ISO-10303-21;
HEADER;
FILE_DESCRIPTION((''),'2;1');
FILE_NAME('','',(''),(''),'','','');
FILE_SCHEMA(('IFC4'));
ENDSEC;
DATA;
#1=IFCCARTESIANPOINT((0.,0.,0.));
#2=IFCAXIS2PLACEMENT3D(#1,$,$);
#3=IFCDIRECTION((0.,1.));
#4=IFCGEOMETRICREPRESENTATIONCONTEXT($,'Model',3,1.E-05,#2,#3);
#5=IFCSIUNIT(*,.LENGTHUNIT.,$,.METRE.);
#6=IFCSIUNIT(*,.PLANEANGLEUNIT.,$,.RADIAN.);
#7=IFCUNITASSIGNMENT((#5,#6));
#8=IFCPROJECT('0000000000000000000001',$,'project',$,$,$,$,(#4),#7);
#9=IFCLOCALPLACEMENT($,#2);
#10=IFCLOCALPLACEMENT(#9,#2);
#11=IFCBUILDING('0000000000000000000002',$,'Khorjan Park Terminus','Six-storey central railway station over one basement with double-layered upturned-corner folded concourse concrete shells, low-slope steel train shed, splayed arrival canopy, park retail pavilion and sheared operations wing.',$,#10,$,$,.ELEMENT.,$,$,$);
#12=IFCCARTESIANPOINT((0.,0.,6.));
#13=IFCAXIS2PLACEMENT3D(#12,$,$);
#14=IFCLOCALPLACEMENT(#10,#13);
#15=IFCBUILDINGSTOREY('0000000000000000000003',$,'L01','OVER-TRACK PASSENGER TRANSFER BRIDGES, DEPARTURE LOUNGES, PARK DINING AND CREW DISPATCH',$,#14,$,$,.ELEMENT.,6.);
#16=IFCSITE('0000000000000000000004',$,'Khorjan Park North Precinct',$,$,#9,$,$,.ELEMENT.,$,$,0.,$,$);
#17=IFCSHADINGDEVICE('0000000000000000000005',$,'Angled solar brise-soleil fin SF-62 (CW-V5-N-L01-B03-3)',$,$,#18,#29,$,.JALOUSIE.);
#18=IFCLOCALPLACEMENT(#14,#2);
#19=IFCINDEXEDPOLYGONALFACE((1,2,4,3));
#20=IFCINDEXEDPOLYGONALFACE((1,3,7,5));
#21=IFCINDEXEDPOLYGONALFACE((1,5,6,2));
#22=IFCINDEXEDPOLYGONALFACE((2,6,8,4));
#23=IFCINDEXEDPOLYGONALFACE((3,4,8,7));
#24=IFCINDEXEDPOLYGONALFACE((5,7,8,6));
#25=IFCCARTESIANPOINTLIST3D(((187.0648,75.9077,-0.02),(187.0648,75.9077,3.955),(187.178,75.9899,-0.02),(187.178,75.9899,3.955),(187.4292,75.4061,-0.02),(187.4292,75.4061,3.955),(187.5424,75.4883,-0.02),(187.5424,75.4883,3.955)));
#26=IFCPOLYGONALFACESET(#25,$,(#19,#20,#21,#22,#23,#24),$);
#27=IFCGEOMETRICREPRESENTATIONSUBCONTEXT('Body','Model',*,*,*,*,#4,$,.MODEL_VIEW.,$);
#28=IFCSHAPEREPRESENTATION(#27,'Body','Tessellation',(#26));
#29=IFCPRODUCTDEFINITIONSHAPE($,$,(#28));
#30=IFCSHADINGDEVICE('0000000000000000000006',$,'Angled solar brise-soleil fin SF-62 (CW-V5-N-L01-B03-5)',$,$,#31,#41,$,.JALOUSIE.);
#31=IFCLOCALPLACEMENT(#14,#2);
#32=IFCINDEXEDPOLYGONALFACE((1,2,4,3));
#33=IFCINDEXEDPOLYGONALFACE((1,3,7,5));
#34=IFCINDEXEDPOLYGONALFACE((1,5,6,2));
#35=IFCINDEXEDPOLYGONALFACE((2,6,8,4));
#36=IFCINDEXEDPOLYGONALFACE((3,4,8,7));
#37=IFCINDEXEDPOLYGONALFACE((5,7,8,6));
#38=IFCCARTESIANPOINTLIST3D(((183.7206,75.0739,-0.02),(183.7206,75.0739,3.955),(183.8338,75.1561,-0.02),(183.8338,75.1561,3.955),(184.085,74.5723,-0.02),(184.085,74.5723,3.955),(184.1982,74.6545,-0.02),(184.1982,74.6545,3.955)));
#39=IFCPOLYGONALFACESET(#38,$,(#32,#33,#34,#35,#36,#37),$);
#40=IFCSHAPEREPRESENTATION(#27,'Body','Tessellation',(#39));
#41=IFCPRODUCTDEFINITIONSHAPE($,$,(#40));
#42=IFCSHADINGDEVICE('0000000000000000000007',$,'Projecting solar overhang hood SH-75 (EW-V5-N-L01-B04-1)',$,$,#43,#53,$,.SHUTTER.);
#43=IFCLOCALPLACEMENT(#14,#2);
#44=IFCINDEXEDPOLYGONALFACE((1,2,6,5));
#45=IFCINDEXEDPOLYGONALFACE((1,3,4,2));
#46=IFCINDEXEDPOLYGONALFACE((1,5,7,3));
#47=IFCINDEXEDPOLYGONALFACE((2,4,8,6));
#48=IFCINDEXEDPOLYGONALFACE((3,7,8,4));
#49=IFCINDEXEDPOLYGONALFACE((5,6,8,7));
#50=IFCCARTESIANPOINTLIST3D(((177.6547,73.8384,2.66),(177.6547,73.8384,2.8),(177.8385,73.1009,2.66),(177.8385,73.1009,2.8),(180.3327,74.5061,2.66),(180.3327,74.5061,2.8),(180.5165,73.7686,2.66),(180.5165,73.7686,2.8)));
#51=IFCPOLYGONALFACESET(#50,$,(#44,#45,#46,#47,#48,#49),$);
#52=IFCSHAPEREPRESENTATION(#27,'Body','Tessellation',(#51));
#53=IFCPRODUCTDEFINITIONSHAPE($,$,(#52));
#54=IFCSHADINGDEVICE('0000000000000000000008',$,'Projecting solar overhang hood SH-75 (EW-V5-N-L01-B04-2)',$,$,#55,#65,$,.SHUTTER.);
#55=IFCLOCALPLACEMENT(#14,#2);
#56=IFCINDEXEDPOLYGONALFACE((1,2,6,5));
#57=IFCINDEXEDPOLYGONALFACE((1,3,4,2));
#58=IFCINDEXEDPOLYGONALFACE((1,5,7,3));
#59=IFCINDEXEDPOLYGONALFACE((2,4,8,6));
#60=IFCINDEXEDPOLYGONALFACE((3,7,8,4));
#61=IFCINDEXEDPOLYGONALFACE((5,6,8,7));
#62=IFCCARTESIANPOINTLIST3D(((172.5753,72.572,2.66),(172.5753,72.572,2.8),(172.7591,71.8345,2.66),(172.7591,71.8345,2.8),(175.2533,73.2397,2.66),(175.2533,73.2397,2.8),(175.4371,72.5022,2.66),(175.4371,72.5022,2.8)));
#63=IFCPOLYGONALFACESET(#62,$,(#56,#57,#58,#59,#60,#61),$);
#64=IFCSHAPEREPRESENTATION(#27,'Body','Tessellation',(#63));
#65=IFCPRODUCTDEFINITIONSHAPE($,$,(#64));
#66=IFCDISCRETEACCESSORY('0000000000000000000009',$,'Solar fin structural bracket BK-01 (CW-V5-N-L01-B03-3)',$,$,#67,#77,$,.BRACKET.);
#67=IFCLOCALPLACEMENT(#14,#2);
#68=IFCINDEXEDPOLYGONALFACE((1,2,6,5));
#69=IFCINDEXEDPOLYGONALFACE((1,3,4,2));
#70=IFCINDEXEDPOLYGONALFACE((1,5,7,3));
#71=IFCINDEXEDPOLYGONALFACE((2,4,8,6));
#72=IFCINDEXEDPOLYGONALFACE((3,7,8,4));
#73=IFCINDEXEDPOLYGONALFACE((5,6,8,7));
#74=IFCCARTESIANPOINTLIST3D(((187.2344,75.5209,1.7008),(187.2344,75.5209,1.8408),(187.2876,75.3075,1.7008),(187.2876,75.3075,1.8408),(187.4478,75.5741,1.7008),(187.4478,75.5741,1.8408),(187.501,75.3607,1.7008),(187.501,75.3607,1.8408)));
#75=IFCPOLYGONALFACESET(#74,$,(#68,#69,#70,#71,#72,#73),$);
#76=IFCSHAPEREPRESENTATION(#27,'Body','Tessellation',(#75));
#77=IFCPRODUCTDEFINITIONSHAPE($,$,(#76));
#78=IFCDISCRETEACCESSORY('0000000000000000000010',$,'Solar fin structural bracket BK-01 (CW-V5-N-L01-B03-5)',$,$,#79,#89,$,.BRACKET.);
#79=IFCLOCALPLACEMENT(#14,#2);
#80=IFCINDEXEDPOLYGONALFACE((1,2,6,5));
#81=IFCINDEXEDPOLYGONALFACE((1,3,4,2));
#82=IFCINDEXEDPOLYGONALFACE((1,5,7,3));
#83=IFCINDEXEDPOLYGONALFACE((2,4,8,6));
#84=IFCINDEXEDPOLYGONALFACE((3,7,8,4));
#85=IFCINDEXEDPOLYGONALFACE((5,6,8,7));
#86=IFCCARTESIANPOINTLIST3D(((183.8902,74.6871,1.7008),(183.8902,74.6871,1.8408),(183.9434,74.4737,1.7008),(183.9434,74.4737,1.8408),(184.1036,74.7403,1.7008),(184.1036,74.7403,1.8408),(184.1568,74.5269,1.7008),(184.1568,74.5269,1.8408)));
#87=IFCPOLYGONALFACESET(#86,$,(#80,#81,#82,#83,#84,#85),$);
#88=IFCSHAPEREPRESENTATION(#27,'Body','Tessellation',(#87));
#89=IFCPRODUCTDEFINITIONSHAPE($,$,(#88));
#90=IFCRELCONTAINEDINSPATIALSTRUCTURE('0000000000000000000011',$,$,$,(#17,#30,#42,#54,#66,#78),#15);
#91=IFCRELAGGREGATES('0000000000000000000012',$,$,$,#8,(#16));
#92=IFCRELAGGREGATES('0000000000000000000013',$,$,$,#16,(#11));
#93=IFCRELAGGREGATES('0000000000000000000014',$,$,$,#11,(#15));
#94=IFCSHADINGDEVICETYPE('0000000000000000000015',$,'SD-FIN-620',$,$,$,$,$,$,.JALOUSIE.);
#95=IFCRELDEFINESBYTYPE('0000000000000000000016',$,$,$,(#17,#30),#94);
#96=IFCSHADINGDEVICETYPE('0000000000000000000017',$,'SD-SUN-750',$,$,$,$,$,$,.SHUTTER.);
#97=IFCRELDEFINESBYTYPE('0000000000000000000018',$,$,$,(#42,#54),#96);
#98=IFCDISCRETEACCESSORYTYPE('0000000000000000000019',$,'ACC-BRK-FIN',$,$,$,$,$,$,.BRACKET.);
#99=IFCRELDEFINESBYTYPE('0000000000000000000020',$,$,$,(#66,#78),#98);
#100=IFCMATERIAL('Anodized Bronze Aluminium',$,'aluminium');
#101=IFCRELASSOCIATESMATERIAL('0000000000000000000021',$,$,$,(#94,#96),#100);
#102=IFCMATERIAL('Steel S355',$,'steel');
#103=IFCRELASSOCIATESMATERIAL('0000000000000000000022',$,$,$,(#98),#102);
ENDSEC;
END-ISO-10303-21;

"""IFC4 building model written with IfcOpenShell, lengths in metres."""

from ifc_helpers import new_model, si_unit, direction, frame, origin, origin_2d, place, context, subcontext, project, spatial, rectangle, extrude, material, type_object, element, save


model = new_model("IFC4")

# Units and contexts
model_context = context("Model", 3, precision=1e-05, world=origin(), true_north=direction((0.0, 1.0)))
body_context = subcontext(model_context, "Body", "Model", "MODEL_VIEW")
ifc_project = project(units=[si_unit("LENGTHUNIT", "METRE"), si_unit("PLANEANGLEUNIT", "RADIAN")], contexts=[model_context])

# Site, building, storey
site_placement = place(None, origin())
site = spatial("IfcSite", under=ifc_project, at=site_placement, Name="Khorjan Park North Precinct", CompositionType="ELEMENT", RefElevation=0.0)
building_placement = place(site_placement, origin())
building = spatial("IfcBuilding", under=site, at=building_placement, Name="Khorjan Park Terminus", Description="Six-storey central railway station over one basement with double-layered upturned-corner folded concourse concrete shells, low-slope steel train shed, splayed arrival canopy, park retail pavilion and sheared operations wing.", CompositionType="ELEMENT")
storey_placement = place(building_placement, frame((0.0, 0.0, 6.0)))
storey = spatial("IfcBuildingStorey", under=building, at=storey_placement, Name="L01", Description="OVER-TRACK PASSENGER TRANSFER BRIDGES, DEPARTURE LOUNGES, PARK DINING AND CREW DISPATCH", CompositionType="ELEMENT", Elevation=6.0)

# Shared definitions
ifc_material_1 = material(Name="Steel S355", Category="steel")

# Shared definitions
ifc_material_2 = material(Name="Anodized Bronze Aluminium", Category="aluminium")

# Shading devices
shading_device_type_1 = type_object("IfcShadingDeviceType", Name="SD-FIN-620", PredefinedType="JALOUSIE", material=ifc_material_2)
for number, where, z_axis, x_axis, name in (
    (1, (187.3036, 75.698, -0.02), (0.0, 0.0, 1.0), (0.587785, -0.809017, 0.0), "Angled solar brise-soleil fin SF-62 (CW-V5-N-L01-B03-3)"),
    (2, (183.9594, 74.8642, -0.02), (0.0, 0.0, 1.0), (0.587785, -0.809017, 0.0), "Angled solar brise-soleil fin SF-62 (CW-V5-N-L01-B03-5)"),
):
    element("IfcShadingDevice", number, at=place(storey_placement, frame(where, z_axis=z_axis, x_axis=x_axis)), inside=storey, type_object=shading_device_type_1, Name=name, PredefinedType="JALOUSIE", context=body_context, shape_type="SweptSolid", body=[
        extrude(rectangle(XDim=0.62, YDim=0.14, at=origin_2d()), origin(), (0.0, 0.0, 1.0), 3.975),
    ])
shading_device_type_2 = type_object("IfcShadingDeviceType", Name="SD-SUN-750", PredefinedType="SHUTTER", material=ifc_material_2)
for number, where, z_axis, x_axis, name in (
    (3, (179.0856, 73.8035, 2.66), (0.0, 0.0, 1.0), (-0.970297, -0.241915, 0.0), "Projecting solar overhang hood SH-75 (EW-V5-N-L01-B04-1)"),
    (4, (174.0062, 72.5371, 2.66), (0.0, 0.0, 1.0), (-0.970297, -0.241915, 0.0), "Projecting solar overhang hood SH-75 (EW-V5-N-L01-B04-2)"),
):
    element("IfcShadingDevice", number, at=place(storey_placement, frame(where, z_axis=z_axis, x_axis=x_axis)), inside=storey, type_object=shading_device_type_2, Name=name, PredefinedType="SHUTTER", context=body_context, shape_type="SweptSolid", body=[
        extrude(rectangle(XDim=2.76, YDim=0.76, at=origin_2d()), origin(), (0.0, 0.0, 1.0), 0.14),
    ])

# Discrete accessories
discrete_accessory_type = type_object("IfcDiscreteAccessoryType", Name="ACC-BRK-FIN", PredefinedType="BRACKET", material=ifc_material_1)
for number, where, z_axis, x_axis, name in (
    (5, (187.3677, 75.4408, 1.7008), (0.0, 0.0, 1.0), (-0.970296, -0.241921, 0.0), "Solar fin structural bracket BK-01 (CW-V5-N-L01-B03-3)"),
    (6, (184.0235, 74.607, 1.7008), (0.0, 0.0, 1.0), (-0.970296, -0.241921, 0.0), "Solar fin structural bracket BK-01 (CW-V5-N-L01-B03-5)"),
):
    element("IfcDiscreteAccessory", number, at=place(storey_placement, frame(where, z_axis=z_axis, x_axis=x_axis)), inside=storey, type_object=discrete_accessory_type, Name=name, PredefinedType="BRACKET", context=body_context, shape_type="SweptSolid", body=[
        extrude(rectangle(XDim=0.22, YDim=0.22, at=origin_2d()), origin(), (0.0, 0.0, 1.0), 0.14),
    ])

save(model, "model.ifc")
